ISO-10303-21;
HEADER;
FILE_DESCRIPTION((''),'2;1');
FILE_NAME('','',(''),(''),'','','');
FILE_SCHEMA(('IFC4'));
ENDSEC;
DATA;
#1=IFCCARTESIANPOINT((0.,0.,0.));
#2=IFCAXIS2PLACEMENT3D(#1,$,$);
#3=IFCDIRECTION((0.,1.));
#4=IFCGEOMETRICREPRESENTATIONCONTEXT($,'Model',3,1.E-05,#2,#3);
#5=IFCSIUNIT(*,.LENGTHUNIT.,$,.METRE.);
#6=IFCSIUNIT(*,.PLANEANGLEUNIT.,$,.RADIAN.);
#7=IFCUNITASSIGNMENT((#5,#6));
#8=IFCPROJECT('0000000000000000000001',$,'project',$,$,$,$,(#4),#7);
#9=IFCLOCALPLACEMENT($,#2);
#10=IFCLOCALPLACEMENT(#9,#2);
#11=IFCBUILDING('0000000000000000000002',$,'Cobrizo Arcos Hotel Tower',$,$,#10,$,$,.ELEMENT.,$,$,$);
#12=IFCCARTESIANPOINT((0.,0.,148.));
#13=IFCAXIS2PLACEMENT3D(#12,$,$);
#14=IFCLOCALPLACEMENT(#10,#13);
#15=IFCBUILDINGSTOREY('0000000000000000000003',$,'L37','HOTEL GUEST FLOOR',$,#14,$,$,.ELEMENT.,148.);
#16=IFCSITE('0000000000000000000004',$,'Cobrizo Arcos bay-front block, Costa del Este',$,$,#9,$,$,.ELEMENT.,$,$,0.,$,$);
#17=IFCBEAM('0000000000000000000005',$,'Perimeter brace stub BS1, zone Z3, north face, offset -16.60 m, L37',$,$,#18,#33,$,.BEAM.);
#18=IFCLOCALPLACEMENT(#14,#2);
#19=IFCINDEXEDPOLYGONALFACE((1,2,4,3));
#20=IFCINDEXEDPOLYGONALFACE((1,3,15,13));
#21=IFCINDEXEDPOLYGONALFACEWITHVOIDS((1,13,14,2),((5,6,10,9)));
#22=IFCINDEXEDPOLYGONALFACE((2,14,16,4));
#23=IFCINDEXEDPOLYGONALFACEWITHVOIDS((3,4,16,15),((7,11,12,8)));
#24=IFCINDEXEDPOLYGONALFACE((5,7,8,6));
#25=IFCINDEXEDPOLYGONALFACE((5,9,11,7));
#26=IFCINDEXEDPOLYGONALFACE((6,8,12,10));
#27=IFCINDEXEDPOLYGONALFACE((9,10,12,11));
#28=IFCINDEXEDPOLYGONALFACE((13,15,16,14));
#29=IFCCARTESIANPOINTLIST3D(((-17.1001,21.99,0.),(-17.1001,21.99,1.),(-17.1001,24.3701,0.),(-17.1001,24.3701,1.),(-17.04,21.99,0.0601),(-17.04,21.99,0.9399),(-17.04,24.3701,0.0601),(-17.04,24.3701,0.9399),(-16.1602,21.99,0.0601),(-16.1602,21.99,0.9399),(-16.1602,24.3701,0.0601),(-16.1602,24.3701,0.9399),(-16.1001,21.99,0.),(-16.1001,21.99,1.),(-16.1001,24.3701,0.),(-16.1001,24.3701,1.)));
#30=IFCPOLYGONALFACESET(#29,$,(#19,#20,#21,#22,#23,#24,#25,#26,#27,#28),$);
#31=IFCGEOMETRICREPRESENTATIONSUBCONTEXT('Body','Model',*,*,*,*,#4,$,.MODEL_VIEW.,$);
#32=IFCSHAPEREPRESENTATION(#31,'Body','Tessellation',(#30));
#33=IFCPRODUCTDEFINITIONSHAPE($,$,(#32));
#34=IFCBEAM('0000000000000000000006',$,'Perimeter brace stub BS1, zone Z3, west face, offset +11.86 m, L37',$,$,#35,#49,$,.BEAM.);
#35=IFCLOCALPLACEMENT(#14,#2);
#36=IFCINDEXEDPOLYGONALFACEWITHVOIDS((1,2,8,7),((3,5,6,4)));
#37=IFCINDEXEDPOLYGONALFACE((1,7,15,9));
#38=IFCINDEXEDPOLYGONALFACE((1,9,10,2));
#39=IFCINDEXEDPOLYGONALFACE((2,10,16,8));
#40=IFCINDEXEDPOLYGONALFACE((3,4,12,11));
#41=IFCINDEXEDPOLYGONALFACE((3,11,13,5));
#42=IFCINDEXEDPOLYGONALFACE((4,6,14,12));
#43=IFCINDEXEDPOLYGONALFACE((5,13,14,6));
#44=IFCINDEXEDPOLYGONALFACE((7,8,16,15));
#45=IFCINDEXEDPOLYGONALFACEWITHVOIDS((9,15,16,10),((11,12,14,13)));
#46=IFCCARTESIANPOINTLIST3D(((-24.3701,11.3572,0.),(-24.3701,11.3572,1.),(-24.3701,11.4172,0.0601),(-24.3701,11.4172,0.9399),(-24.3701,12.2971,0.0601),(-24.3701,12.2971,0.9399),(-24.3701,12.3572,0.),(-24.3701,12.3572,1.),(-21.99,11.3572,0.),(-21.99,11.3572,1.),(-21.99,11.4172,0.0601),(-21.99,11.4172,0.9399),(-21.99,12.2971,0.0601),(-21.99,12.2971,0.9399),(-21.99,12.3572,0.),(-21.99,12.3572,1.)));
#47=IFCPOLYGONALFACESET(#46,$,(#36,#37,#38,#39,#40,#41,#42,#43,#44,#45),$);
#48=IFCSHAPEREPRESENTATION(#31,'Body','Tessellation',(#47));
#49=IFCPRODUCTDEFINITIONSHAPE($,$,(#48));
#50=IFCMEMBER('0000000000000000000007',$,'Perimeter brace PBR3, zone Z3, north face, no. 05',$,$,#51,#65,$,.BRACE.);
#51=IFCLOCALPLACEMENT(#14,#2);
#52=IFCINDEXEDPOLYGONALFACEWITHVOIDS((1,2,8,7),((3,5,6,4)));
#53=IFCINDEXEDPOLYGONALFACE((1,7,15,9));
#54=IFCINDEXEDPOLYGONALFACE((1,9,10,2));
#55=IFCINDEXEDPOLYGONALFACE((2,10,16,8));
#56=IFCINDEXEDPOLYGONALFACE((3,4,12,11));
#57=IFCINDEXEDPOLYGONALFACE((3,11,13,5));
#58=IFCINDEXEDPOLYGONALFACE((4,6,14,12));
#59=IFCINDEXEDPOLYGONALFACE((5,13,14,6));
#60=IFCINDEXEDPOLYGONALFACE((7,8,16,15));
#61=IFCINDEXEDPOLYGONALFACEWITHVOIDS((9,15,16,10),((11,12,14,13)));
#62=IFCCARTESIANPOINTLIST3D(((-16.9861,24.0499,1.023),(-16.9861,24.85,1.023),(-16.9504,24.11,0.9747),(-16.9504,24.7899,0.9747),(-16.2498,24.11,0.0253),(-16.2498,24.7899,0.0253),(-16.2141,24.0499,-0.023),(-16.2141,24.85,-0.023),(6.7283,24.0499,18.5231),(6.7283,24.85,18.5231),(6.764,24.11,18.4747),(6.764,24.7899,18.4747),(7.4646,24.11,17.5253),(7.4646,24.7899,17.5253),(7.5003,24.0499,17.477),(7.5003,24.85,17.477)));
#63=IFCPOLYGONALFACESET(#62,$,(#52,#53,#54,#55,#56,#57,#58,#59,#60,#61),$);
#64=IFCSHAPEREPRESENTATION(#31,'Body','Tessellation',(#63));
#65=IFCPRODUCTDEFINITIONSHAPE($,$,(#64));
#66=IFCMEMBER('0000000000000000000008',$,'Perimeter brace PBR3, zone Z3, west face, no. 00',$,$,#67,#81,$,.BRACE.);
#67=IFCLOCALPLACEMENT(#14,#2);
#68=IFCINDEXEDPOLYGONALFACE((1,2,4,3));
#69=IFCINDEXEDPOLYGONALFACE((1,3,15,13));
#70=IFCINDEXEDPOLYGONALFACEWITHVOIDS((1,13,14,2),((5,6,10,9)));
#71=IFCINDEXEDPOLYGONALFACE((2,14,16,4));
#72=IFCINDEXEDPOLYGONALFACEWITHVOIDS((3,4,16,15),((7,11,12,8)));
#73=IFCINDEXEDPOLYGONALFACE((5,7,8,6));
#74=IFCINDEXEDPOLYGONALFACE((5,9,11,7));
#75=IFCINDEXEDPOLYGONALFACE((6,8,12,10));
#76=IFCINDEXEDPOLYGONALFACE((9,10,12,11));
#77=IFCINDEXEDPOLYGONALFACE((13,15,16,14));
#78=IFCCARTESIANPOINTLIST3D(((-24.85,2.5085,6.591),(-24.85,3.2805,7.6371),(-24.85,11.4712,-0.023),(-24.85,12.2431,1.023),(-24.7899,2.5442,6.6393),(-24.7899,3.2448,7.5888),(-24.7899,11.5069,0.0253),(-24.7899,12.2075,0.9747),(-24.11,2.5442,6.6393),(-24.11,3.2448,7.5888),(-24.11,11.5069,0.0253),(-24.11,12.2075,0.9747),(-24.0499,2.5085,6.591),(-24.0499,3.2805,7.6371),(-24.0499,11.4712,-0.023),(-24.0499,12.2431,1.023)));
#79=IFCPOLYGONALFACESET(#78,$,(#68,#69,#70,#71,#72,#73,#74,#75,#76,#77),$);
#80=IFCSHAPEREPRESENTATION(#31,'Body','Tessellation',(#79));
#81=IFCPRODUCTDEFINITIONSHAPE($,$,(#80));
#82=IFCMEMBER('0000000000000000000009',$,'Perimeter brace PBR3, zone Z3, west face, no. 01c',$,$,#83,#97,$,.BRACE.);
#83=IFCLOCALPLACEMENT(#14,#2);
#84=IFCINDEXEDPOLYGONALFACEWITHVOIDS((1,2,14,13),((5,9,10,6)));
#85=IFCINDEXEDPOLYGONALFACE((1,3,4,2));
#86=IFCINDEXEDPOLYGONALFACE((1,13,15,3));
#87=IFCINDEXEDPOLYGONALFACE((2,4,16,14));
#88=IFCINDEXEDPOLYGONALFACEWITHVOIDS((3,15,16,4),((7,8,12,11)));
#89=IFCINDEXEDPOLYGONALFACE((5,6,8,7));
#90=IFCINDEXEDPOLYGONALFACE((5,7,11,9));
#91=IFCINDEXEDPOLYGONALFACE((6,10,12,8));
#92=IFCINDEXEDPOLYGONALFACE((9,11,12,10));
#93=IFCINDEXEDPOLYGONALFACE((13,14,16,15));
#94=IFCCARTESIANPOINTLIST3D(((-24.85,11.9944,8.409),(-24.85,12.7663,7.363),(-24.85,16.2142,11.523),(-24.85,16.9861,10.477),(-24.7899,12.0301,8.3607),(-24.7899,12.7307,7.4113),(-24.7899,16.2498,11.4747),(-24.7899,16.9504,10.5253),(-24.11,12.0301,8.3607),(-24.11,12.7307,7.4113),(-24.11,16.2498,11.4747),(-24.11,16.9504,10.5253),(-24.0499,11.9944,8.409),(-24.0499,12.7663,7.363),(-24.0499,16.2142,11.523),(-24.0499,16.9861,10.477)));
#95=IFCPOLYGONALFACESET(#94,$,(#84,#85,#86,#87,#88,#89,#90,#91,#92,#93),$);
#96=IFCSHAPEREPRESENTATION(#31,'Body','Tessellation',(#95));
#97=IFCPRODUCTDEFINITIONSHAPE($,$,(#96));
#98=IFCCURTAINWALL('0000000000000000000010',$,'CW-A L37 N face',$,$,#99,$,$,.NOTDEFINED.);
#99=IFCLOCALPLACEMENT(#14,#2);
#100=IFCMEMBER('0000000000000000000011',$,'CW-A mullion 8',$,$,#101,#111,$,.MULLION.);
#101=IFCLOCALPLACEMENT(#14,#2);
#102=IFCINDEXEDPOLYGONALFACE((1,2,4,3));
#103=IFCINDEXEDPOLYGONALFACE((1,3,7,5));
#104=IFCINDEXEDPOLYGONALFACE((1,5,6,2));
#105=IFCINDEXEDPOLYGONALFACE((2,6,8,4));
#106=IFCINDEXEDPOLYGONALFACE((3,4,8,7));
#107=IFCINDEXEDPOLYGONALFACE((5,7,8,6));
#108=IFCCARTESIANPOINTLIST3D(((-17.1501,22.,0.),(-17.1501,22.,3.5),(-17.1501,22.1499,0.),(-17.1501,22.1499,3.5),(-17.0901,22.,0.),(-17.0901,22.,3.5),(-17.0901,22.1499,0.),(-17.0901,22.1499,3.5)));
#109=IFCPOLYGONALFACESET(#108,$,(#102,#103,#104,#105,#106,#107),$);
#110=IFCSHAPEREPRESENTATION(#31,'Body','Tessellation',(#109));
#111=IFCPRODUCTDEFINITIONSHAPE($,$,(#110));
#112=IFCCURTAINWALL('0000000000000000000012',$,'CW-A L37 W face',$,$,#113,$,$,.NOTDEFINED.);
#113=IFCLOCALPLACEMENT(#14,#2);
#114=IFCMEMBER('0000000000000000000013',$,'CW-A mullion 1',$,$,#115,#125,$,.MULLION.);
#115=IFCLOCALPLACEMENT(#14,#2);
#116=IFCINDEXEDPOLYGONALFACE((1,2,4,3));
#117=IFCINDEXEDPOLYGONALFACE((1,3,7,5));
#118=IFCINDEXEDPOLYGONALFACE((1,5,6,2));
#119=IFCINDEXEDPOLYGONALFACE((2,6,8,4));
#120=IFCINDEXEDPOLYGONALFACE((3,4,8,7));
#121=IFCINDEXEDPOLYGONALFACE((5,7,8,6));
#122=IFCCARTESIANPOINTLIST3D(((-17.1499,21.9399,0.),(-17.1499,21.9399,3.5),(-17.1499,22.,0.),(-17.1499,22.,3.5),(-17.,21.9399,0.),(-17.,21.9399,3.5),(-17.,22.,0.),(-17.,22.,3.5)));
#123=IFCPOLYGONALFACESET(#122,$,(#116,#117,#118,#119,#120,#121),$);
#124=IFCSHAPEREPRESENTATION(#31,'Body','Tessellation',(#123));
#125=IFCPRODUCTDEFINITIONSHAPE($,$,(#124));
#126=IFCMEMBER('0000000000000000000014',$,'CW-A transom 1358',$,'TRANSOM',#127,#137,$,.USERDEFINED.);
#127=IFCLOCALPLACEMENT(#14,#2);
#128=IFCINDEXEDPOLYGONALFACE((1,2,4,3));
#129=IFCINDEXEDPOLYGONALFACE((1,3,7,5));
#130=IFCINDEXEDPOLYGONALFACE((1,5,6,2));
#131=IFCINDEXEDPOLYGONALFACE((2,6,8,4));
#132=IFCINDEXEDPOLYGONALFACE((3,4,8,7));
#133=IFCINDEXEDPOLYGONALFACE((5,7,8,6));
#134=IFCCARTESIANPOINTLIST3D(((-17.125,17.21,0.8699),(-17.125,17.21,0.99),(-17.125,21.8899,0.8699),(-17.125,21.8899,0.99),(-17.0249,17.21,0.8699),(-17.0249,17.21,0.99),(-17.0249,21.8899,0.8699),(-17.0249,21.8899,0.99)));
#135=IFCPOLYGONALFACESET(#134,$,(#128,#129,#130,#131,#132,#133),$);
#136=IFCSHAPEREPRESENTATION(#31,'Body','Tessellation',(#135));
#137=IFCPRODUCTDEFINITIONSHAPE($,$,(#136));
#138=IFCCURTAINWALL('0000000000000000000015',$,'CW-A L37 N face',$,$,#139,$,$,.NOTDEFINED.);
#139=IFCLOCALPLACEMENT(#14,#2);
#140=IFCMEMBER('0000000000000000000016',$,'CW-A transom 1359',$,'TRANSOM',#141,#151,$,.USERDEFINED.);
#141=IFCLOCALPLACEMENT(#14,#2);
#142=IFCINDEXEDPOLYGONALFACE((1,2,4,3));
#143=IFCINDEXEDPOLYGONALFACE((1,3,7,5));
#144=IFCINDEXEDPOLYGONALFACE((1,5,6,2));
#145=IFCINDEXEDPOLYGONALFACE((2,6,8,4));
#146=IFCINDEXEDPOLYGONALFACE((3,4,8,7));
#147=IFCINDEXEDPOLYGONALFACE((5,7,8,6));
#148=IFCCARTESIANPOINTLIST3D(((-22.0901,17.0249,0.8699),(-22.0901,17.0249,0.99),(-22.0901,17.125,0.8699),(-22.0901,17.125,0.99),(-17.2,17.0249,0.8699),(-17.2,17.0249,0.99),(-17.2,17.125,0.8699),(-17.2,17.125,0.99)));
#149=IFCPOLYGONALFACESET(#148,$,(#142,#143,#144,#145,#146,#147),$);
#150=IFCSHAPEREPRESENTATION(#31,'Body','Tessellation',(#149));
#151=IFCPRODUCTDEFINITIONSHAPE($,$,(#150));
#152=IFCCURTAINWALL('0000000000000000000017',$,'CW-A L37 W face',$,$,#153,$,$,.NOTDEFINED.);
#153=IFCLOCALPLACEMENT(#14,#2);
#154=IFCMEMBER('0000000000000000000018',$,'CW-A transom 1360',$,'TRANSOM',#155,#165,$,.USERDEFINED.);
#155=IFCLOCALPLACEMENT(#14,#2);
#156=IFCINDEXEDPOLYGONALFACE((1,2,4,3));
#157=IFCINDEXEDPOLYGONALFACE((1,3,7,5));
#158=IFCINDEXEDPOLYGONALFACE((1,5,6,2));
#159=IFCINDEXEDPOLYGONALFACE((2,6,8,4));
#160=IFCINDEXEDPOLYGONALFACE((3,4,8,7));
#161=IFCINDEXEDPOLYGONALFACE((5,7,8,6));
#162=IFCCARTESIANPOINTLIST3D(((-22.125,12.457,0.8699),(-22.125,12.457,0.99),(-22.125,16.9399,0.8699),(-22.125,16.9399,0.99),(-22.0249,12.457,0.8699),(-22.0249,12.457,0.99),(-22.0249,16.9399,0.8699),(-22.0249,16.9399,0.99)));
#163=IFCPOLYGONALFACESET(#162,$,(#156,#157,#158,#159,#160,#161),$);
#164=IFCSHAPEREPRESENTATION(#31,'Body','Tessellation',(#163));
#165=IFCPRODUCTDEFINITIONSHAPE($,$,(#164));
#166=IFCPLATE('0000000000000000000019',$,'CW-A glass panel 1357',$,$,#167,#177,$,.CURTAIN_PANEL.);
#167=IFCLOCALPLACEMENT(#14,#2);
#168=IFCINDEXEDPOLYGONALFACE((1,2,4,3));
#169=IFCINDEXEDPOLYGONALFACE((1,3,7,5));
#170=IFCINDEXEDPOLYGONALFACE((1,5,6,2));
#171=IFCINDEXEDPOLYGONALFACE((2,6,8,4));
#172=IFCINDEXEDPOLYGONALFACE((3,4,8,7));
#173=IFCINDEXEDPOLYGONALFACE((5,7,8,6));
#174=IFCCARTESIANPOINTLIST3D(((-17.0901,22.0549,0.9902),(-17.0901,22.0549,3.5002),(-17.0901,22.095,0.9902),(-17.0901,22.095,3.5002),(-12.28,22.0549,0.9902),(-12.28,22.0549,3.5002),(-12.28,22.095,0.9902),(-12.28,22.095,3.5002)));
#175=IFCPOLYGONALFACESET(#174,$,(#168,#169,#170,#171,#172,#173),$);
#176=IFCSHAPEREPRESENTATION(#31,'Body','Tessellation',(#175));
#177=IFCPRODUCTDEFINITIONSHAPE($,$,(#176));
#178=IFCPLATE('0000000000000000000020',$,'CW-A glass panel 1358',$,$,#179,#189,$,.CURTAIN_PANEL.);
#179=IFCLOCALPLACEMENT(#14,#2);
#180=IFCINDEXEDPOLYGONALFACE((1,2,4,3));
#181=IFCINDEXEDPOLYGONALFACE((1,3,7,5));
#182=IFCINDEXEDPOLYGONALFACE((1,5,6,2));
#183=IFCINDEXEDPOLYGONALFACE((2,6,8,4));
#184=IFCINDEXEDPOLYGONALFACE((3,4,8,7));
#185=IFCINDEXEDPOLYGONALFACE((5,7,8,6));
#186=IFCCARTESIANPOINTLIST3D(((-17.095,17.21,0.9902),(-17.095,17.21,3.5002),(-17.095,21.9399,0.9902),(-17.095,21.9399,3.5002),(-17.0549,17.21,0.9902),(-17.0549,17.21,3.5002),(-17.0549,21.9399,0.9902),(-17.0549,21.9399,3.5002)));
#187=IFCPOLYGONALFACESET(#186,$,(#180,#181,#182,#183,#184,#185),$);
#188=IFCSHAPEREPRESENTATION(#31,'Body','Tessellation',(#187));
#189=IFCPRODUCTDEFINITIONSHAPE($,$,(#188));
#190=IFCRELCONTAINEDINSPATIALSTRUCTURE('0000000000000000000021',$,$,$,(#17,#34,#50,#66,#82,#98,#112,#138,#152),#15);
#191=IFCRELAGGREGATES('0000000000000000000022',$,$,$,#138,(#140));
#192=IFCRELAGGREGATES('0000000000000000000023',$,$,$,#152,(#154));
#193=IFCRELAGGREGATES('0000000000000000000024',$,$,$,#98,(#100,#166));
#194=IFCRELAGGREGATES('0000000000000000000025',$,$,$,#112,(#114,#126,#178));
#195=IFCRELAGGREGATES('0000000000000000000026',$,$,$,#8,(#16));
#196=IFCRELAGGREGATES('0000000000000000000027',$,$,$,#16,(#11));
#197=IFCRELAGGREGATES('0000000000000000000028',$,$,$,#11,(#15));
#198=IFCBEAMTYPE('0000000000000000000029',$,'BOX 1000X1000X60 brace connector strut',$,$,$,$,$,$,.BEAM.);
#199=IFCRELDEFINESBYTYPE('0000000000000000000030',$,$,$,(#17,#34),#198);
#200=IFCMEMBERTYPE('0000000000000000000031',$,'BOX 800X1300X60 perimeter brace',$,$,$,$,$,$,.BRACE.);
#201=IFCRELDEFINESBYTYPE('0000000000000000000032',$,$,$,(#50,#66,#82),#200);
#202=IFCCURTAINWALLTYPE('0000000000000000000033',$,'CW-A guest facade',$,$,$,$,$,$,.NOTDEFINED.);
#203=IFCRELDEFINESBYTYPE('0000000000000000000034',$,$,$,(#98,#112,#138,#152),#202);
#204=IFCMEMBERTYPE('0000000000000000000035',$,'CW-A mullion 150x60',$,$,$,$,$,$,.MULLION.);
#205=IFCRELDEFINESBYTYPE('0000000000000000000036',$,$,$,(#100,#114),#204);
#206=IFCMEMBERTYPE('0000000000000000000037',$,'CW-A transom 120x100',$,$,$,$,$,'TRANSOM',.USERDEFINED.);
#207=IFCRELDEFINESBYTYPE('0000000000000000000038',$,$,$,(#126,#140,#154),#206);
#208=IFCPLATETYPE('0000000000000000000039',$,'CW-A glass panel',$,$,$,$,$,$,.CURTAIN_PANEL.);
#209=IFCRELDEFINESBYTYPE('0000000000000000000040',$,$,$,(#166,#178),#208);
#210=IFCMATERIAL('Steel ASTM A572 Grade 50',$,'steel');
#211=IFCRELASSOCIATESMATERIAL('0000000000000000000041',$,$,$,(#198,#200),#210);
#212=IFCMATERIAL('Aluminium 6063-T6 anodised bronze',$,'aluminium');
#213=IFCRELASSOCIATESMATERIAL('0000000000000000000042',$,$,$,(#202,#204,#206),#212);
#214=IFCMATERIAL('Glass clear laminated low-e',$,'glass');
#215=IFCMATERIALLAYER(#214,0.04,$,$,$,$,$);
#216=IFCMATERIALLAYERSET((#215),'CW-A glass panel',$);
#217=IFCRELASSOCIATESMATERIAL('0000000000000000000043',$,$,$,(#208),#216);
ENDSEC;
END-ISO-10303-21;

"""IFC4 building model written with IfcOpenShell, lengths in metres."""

from ifc_helpers import new_model, si_unit, direction, frame, origin, origin_2d, place, context, subcontext, project, spatial, rectangle, hollow_rectangle, extrude, material, layer, layer_set, material_profile, profile_set, type_object, element, aggregate, save


model = new_model("IFC4")

# Units and contexts
model_context = context("Model", 3, precision=1e-05, world=origin(), true_north=direction((0.0, 1.0)))
body_context = subcontext(model_context, "Body", "Model", "MODEL_VIEW")
ifc_project = project(units=[si_unit("LENGTHUNIT", "METRE"), si_unit("PLANEANGLEUNIT", "RADIAN")], contexts=[model_context])

# Site, building, storey
site_placement = place(None, origin())
site = spatial("IfcSite", under=ifc_project, at=site_placement, Name="Cobrizo Arcos bay-front block, Costa del Este", CompositionType="ELEMENT", RefElevation=0.0)
building_placement = place(site_placement, origin())
building = spatial("IfcBuilding", under=site, at=building_placement, Name="Cobrizo Arcos Hotel Tower", CompositionType="ELEMENT")
storey_placement = place(building_placement, frame((0.0, 0.0, 148.0)))
storey = spatial("IfcBuildingStorey", under=building, at=storey_placement, Name="L37", Description="HOTEL GUEST FLOOR", CompositionType="ELEMENT", Elevation=148.0)

# Beams
ifc_material_1 = material(Name="Steel ASTM A572 Grade 50", Category="steel")
ifc_material_profile_1 = material_profile(ifc_material_1, hollow_rectangle(XDim=1.0, YDim=1.0, WallThickness=0.0601, at=origin_2d()), Name="BOX 1000X1000X60")
ifc_profile_set_1 = profile_set([ifc_material_profile_1], Name="Steel ASTM A572 Grade 50")
beam_type = type_object("IfcBeamType", Name="BOX 1000X1000X60 brace connector strut", PredefinedType="BEAM", material=ifc_profile_set_1)
for number, where, z_axis, x_axis, name in (
    (1, (-16.6001, 21.99, 0.5), (0.0, 1.0, 0.0), (-1.0, 0.0, 0.0), "Perimeter brace stub BS1, zone Z3, north face, offset -16.60 m, L37"),
    (2, (-21.99, 11.8572, 0.5), (-1.0, 0.0, 0.0), (0.0, -1.0, 0.0), "Perimeter brace stub BS1, zone Z3, west face, offset +11.86 m, L37"),
):
    element("IfcBeam", number, at=place(storey_placement, frame(where, z_axis=z_axis, x_axis=x_axis)), inside=storey, type_object=beam_type, Name=name, PredefinedType="BEAM", context=body_context, shape_type="SweptSolid", body=[
        extrude(hollow_rectangle(XDim=1.0, YDim=1.0, WallThickness=0.0601, at=origin_2d()), origin(), (0.0, 0.0, 1.0), 2.3801),
    ])

# Members
ifc_material_profile_2 = material_profile(ifc_material_1, hollow_rectangle(XDim=0.8, YDim=1.3, WallThickness=0.0601, at=origin_2d()), Name="BOX 800X1300X60")
ifc_profile_set_2 = profile_set([ifc_material_profile_2], Name="Steel ASTM A572 Grade 50")
member_type_1 = type_object("IfcMemberType", Name="BOX 800X1300X60 perimeter brace", PredefinedType="BRACE", material=ifc_profile_set_2)
member_1_placement = place(storey_placement, frame((-16.6001, 24.45, 0.5), z_axis=(0.80463, 0.0, 0.593776), x_axis=(0.0, 1.0, 0.0)))
element("IfcMember", 3, at=member_1_placement, inside=storey, type_object=member_type_1, Name="Perimeter brace PBR3, zone Z3, north face, no. 05", PredefinedType="BRACE", context=body_context, shape_type="SweptSolid", body=[
    extrude(hollow_rectangle(XDim=0.8, YDim=1.3, WallThickness=0.0601, at=origin_2d()), origin(), (0.0, 0.0, 1.0), 29.4724),
])
member_2_placement = place(storey_placement, frame((-24.45, 11.8572, 0.5), z_axis=(0.0, -0.804629, 0.593778), x_axis=(1.0, 0.0, 0.0)))
element("IfcMember", 4, at=member_2_placement, inside=storey, type_object=member_type_1, Name="Perimeter brace PBR3, zone Z3, west face, no. 00", PredefinedType="BRACE", context=body_context, shape_type="SweptSolid", body=[
    extrude(hollow_rectangle(XDim=0.8, YDim=1.3, WallThickness=0.0601, at=origin_2d()), origin(), (0.0, 0.0, 1.0), 11.1389),
])
member_3_placement = place(storey_placement, frame((-24.45, 12.3804, 7.886), z_axis=(0.0, 0.804624, 0.593785), x_axis=(-1.0, 0.0, 0.0)))
element("IfcMember", 5, at=member_3_placement, inside=storey, type_object=member_type_1, Name="Perimeter brace PBR3, zone Z3, west face, no. 01c", PredefinedType="BRACE", context=body_context, shape_type="SweptSolid", body=[
    extrude(hollow_rectangle(XDim=0.8, YDim=1.3, WallThickness=0.0601, at=origin_2d()), origin(), (0.0, 0.0, 1.0), 5.2444),
])

# Curtain wall, member
ifc_material_2 = material(Name="Aluminium 6063-T6 anodised bronze", Category="aluminium")
curtain_wall_type = type_object("IfcCurtainWallType", Name="CW-A guest facade", PredefinedType="NOTDEFINED", material=ifc_material_2)
curtain_wall_1_placement = place(storey_placement, origin())
curtain_wall_1 = element("IfcCurtainWall", 6, at=curtain_wall_1_placement, inside=storey, type_object=curtain_wall_type, Name="CW-A L37 N face", PredefinedType="NOTDEFINED")
ifc_material_profile_3 = material_profile(ifc_material_2, rectangle(XDim=0.1499, YDim=0.0601, at=origin_2d()), Name="CW-A mullion 150x60")
ifc_profile_set_3 = profile_set([ifc_material_profile_3], Name="Aluminium 6063-T6 anodised bronze")
member_type_2 = type_object("IfcMemberType", Name="CW-A mullion 150x60", PredefinedType="MULLION", material=ifc_profile_set_3)
member_4_placement = place(storey_placement, frame((-17.1201, 22.075, 0.0), z_axis=(0.0, 0.0, 1.0), x_axis=(0.0, 1.0, 0.0)))
member_4 = element("IfcMember", 7, at=member_4_placement, type_object=member_type_2, Name="CW-A mullion 8", PredefinedType="MULLION", context=body_context, shape_type="SweptSolid", body=[
    extrude(rectangle(XDim=0.1499, YDim=0.0601, at=origin_2d()), origin(), (0.0, 0.0, 1.0), 3.5),
])

# Curtain wall, members
curtain_wall_2_placement = place(storey_placement, origin())
curtain_wall_2 = element("IfcCurtainWall", 8, at=curtain_wall_2_placement, inside=storey, type_object=curtain_wall_type, Name="CW-A L37 W face", PredefinedType="NOTDEFINED")
member_5_placement = place(storey_placement, frame((-17.075, 21.97, 0.0), z_axis=(0.0, 0.0, 1.0), x_axis=(-1.0, 0.0, 0.0)))
member_5 = element("IfcMember", 9, at=member_5_placement, type_object=member_type_2, Name="CW-A mullion 1", PredefinedType="MULLION", context=body_context, shape_type="SweptSolid", body=[
    extrude(rectangle(XDim=0.1499, YDim=0.0601, at=origin_2d()), origin(), (0.0, 0.0, 1.0), 3.5),
])
ifc_material_profile_4 = material_profile(ifc_material_2, rectangle(XDim=0.1001, YDim=0.1201, at=origin_2d()), Name="CW-A transom 120x100")
ifc_profile_set_4 = profile_set([ifc_material_profile_4], Name="Aluminium 6063-T6 anodised bronze")
member_type_3 = type_object("IfcMemberType", Name="CW-A transom 120x100", ElementType="TRANSOM", PredefinedType="USERDEFINED", material=ifc_profile_set_4)
member_6_placement = place(storey_placement, frame((-17.075, 21.8899, 0.9299), z_axis=(0.0, -1.0, 0.0), x_axis=(1.0, 0.0, 0.0)))
member_6 = element("IfcMember", 10, at=member_6_placement, type_object=member_type_3, Name="CW-A transom 1358", ObjectType="TRANSOM", PredefinedType="USERDEFINED", context=body_context, shape_type="SweptSolid", body=[
    extrude(rectangle(XDim=0.1001, YDim=0.1201, at=origin_2d()), origin(), (0.0, 0.0, 1.0), 4.6799),
])

# Curtain walls, members
curtain_wall_3_placement = place(storey_placement, origin())
curtain_wall_3 = element("IfcCurtainWall", 11, at=curtain_wall_3_placement, inside=storey, type_object=curtain_wall_type, Name="CW-A L37 N face", PredefinedType="NOTDEFINED")
member_7_placement = place(storey_placement, frame((-17.2, 17.075, 0.9299), z_axis=(-1.0, 0.0, 0.0), x_axis=(0.0, -1.0, 0.0)))
member_7 = element("IfcMember", 12, at=member_7_placement, type_object=member_type_3, Name="CW-A transom 1359", ObjectType="TRANSOM", PredefinedType="USERDEFINED", context=body_context, shape_type="SweptSolid", body=[
    extrude(rectangle(XDim=0.1001, YDim=0.1201, at=origin_2d()), origin(), (0.0, 0.0, 1.0), 4.8901),
])
curtain_wall_4_placement = place(storey_placement, origin())
curtain_wall_4 = element("IfcCurtainWall", 13, at=curtain_wall_4_placement, inside=storey, type_object=curtain_wall_type, Name="CW-A L37 W face", PredefinedType="NOTDEFINED")
member_8_placement = place(storey_placement, frame((-22.075, 16.9399, 0.9299), z_axis=(0.0, -1.0, 0.0), x_axis=(1.0, 0.0, 0.0)))
member_8 = element("IfcMember", 14, at=member_8_placement, type_object=member_type_3, Name="CW-A transom 1360", ObjectType="TRANSOM", PredefinedType="USERDEFINED", context=body_context, shape_type="SweptSolid", body=[
    extrude(rectangle(XDim=0.1001, YDim=0.1201, at=origin_2d()), origin(), (0.0, 0.0, 1.0), 4.4829),
])

# Plates
ifc_material_3 = material(Name="Glass clear laminated low-e", Category="glass")
ifc_layer_1 = layer(ifc_material_3, 0.04)
ifc_layer_set_1 = layer_set([ifc_layer_1], Name="CW-A glass panel")
plate_type_1 = type_object("IfcPlateType", Name="CW-A glass panel", PredefinedType="CURTAIN_PANEL", material=ifc_layer_set_1)
plate_1_placement = place(storey_placement, frame((-14.6851, 22.075, 0.9902), z_axis=(0.0, 0.0, 1.0), x_axis=(-1.0, 0.0, 0.0)))
plate_1 = element("IfcPlate", 15, at=plate_1_placement, type_object=plate_type_1, Name="CW-A glass panel 1357", PredefinedType="CURTAIN_PANEL", context=body_context, shape_type="SweptSolid", body=[
    extrude(rectangle(XDim=4.8101, YDim=0.04, at=origin_2d()), origin(), (0.0, 0.0, 1.0), 2.51),
])
plate_2_placement = place(storey_placement, frame((-17.075, 19.575, 0.9902), z_axis=(0.0, 0.0, 1.0), x_axis=(0.0, -1.0, 0.0)))
plate_2 = element("IfcPlate", 16, at=plate_2_placement, type_object=plate_type_1, Name="CW-A glass panel 1358", PredefinedType="CURTAIN_PANEL", context=body_context, shape_type="SweptSolid", body=[
    extrude(rectangle(XDim=4.73, YDim=0.04, at=origin_2d()), origin(), (0.0, 0.0, 1.0), 2.51),
])
aggregate(curtain_wall_3, [member_7])
aggregate(curtain_wall_4, [member_8])
aggregate(curtain_wall_1, [member_4, plate_1])
aggregate(curtain_wall_2, [member_5, member_6, plate_2])

save(model, "model.ifc")
